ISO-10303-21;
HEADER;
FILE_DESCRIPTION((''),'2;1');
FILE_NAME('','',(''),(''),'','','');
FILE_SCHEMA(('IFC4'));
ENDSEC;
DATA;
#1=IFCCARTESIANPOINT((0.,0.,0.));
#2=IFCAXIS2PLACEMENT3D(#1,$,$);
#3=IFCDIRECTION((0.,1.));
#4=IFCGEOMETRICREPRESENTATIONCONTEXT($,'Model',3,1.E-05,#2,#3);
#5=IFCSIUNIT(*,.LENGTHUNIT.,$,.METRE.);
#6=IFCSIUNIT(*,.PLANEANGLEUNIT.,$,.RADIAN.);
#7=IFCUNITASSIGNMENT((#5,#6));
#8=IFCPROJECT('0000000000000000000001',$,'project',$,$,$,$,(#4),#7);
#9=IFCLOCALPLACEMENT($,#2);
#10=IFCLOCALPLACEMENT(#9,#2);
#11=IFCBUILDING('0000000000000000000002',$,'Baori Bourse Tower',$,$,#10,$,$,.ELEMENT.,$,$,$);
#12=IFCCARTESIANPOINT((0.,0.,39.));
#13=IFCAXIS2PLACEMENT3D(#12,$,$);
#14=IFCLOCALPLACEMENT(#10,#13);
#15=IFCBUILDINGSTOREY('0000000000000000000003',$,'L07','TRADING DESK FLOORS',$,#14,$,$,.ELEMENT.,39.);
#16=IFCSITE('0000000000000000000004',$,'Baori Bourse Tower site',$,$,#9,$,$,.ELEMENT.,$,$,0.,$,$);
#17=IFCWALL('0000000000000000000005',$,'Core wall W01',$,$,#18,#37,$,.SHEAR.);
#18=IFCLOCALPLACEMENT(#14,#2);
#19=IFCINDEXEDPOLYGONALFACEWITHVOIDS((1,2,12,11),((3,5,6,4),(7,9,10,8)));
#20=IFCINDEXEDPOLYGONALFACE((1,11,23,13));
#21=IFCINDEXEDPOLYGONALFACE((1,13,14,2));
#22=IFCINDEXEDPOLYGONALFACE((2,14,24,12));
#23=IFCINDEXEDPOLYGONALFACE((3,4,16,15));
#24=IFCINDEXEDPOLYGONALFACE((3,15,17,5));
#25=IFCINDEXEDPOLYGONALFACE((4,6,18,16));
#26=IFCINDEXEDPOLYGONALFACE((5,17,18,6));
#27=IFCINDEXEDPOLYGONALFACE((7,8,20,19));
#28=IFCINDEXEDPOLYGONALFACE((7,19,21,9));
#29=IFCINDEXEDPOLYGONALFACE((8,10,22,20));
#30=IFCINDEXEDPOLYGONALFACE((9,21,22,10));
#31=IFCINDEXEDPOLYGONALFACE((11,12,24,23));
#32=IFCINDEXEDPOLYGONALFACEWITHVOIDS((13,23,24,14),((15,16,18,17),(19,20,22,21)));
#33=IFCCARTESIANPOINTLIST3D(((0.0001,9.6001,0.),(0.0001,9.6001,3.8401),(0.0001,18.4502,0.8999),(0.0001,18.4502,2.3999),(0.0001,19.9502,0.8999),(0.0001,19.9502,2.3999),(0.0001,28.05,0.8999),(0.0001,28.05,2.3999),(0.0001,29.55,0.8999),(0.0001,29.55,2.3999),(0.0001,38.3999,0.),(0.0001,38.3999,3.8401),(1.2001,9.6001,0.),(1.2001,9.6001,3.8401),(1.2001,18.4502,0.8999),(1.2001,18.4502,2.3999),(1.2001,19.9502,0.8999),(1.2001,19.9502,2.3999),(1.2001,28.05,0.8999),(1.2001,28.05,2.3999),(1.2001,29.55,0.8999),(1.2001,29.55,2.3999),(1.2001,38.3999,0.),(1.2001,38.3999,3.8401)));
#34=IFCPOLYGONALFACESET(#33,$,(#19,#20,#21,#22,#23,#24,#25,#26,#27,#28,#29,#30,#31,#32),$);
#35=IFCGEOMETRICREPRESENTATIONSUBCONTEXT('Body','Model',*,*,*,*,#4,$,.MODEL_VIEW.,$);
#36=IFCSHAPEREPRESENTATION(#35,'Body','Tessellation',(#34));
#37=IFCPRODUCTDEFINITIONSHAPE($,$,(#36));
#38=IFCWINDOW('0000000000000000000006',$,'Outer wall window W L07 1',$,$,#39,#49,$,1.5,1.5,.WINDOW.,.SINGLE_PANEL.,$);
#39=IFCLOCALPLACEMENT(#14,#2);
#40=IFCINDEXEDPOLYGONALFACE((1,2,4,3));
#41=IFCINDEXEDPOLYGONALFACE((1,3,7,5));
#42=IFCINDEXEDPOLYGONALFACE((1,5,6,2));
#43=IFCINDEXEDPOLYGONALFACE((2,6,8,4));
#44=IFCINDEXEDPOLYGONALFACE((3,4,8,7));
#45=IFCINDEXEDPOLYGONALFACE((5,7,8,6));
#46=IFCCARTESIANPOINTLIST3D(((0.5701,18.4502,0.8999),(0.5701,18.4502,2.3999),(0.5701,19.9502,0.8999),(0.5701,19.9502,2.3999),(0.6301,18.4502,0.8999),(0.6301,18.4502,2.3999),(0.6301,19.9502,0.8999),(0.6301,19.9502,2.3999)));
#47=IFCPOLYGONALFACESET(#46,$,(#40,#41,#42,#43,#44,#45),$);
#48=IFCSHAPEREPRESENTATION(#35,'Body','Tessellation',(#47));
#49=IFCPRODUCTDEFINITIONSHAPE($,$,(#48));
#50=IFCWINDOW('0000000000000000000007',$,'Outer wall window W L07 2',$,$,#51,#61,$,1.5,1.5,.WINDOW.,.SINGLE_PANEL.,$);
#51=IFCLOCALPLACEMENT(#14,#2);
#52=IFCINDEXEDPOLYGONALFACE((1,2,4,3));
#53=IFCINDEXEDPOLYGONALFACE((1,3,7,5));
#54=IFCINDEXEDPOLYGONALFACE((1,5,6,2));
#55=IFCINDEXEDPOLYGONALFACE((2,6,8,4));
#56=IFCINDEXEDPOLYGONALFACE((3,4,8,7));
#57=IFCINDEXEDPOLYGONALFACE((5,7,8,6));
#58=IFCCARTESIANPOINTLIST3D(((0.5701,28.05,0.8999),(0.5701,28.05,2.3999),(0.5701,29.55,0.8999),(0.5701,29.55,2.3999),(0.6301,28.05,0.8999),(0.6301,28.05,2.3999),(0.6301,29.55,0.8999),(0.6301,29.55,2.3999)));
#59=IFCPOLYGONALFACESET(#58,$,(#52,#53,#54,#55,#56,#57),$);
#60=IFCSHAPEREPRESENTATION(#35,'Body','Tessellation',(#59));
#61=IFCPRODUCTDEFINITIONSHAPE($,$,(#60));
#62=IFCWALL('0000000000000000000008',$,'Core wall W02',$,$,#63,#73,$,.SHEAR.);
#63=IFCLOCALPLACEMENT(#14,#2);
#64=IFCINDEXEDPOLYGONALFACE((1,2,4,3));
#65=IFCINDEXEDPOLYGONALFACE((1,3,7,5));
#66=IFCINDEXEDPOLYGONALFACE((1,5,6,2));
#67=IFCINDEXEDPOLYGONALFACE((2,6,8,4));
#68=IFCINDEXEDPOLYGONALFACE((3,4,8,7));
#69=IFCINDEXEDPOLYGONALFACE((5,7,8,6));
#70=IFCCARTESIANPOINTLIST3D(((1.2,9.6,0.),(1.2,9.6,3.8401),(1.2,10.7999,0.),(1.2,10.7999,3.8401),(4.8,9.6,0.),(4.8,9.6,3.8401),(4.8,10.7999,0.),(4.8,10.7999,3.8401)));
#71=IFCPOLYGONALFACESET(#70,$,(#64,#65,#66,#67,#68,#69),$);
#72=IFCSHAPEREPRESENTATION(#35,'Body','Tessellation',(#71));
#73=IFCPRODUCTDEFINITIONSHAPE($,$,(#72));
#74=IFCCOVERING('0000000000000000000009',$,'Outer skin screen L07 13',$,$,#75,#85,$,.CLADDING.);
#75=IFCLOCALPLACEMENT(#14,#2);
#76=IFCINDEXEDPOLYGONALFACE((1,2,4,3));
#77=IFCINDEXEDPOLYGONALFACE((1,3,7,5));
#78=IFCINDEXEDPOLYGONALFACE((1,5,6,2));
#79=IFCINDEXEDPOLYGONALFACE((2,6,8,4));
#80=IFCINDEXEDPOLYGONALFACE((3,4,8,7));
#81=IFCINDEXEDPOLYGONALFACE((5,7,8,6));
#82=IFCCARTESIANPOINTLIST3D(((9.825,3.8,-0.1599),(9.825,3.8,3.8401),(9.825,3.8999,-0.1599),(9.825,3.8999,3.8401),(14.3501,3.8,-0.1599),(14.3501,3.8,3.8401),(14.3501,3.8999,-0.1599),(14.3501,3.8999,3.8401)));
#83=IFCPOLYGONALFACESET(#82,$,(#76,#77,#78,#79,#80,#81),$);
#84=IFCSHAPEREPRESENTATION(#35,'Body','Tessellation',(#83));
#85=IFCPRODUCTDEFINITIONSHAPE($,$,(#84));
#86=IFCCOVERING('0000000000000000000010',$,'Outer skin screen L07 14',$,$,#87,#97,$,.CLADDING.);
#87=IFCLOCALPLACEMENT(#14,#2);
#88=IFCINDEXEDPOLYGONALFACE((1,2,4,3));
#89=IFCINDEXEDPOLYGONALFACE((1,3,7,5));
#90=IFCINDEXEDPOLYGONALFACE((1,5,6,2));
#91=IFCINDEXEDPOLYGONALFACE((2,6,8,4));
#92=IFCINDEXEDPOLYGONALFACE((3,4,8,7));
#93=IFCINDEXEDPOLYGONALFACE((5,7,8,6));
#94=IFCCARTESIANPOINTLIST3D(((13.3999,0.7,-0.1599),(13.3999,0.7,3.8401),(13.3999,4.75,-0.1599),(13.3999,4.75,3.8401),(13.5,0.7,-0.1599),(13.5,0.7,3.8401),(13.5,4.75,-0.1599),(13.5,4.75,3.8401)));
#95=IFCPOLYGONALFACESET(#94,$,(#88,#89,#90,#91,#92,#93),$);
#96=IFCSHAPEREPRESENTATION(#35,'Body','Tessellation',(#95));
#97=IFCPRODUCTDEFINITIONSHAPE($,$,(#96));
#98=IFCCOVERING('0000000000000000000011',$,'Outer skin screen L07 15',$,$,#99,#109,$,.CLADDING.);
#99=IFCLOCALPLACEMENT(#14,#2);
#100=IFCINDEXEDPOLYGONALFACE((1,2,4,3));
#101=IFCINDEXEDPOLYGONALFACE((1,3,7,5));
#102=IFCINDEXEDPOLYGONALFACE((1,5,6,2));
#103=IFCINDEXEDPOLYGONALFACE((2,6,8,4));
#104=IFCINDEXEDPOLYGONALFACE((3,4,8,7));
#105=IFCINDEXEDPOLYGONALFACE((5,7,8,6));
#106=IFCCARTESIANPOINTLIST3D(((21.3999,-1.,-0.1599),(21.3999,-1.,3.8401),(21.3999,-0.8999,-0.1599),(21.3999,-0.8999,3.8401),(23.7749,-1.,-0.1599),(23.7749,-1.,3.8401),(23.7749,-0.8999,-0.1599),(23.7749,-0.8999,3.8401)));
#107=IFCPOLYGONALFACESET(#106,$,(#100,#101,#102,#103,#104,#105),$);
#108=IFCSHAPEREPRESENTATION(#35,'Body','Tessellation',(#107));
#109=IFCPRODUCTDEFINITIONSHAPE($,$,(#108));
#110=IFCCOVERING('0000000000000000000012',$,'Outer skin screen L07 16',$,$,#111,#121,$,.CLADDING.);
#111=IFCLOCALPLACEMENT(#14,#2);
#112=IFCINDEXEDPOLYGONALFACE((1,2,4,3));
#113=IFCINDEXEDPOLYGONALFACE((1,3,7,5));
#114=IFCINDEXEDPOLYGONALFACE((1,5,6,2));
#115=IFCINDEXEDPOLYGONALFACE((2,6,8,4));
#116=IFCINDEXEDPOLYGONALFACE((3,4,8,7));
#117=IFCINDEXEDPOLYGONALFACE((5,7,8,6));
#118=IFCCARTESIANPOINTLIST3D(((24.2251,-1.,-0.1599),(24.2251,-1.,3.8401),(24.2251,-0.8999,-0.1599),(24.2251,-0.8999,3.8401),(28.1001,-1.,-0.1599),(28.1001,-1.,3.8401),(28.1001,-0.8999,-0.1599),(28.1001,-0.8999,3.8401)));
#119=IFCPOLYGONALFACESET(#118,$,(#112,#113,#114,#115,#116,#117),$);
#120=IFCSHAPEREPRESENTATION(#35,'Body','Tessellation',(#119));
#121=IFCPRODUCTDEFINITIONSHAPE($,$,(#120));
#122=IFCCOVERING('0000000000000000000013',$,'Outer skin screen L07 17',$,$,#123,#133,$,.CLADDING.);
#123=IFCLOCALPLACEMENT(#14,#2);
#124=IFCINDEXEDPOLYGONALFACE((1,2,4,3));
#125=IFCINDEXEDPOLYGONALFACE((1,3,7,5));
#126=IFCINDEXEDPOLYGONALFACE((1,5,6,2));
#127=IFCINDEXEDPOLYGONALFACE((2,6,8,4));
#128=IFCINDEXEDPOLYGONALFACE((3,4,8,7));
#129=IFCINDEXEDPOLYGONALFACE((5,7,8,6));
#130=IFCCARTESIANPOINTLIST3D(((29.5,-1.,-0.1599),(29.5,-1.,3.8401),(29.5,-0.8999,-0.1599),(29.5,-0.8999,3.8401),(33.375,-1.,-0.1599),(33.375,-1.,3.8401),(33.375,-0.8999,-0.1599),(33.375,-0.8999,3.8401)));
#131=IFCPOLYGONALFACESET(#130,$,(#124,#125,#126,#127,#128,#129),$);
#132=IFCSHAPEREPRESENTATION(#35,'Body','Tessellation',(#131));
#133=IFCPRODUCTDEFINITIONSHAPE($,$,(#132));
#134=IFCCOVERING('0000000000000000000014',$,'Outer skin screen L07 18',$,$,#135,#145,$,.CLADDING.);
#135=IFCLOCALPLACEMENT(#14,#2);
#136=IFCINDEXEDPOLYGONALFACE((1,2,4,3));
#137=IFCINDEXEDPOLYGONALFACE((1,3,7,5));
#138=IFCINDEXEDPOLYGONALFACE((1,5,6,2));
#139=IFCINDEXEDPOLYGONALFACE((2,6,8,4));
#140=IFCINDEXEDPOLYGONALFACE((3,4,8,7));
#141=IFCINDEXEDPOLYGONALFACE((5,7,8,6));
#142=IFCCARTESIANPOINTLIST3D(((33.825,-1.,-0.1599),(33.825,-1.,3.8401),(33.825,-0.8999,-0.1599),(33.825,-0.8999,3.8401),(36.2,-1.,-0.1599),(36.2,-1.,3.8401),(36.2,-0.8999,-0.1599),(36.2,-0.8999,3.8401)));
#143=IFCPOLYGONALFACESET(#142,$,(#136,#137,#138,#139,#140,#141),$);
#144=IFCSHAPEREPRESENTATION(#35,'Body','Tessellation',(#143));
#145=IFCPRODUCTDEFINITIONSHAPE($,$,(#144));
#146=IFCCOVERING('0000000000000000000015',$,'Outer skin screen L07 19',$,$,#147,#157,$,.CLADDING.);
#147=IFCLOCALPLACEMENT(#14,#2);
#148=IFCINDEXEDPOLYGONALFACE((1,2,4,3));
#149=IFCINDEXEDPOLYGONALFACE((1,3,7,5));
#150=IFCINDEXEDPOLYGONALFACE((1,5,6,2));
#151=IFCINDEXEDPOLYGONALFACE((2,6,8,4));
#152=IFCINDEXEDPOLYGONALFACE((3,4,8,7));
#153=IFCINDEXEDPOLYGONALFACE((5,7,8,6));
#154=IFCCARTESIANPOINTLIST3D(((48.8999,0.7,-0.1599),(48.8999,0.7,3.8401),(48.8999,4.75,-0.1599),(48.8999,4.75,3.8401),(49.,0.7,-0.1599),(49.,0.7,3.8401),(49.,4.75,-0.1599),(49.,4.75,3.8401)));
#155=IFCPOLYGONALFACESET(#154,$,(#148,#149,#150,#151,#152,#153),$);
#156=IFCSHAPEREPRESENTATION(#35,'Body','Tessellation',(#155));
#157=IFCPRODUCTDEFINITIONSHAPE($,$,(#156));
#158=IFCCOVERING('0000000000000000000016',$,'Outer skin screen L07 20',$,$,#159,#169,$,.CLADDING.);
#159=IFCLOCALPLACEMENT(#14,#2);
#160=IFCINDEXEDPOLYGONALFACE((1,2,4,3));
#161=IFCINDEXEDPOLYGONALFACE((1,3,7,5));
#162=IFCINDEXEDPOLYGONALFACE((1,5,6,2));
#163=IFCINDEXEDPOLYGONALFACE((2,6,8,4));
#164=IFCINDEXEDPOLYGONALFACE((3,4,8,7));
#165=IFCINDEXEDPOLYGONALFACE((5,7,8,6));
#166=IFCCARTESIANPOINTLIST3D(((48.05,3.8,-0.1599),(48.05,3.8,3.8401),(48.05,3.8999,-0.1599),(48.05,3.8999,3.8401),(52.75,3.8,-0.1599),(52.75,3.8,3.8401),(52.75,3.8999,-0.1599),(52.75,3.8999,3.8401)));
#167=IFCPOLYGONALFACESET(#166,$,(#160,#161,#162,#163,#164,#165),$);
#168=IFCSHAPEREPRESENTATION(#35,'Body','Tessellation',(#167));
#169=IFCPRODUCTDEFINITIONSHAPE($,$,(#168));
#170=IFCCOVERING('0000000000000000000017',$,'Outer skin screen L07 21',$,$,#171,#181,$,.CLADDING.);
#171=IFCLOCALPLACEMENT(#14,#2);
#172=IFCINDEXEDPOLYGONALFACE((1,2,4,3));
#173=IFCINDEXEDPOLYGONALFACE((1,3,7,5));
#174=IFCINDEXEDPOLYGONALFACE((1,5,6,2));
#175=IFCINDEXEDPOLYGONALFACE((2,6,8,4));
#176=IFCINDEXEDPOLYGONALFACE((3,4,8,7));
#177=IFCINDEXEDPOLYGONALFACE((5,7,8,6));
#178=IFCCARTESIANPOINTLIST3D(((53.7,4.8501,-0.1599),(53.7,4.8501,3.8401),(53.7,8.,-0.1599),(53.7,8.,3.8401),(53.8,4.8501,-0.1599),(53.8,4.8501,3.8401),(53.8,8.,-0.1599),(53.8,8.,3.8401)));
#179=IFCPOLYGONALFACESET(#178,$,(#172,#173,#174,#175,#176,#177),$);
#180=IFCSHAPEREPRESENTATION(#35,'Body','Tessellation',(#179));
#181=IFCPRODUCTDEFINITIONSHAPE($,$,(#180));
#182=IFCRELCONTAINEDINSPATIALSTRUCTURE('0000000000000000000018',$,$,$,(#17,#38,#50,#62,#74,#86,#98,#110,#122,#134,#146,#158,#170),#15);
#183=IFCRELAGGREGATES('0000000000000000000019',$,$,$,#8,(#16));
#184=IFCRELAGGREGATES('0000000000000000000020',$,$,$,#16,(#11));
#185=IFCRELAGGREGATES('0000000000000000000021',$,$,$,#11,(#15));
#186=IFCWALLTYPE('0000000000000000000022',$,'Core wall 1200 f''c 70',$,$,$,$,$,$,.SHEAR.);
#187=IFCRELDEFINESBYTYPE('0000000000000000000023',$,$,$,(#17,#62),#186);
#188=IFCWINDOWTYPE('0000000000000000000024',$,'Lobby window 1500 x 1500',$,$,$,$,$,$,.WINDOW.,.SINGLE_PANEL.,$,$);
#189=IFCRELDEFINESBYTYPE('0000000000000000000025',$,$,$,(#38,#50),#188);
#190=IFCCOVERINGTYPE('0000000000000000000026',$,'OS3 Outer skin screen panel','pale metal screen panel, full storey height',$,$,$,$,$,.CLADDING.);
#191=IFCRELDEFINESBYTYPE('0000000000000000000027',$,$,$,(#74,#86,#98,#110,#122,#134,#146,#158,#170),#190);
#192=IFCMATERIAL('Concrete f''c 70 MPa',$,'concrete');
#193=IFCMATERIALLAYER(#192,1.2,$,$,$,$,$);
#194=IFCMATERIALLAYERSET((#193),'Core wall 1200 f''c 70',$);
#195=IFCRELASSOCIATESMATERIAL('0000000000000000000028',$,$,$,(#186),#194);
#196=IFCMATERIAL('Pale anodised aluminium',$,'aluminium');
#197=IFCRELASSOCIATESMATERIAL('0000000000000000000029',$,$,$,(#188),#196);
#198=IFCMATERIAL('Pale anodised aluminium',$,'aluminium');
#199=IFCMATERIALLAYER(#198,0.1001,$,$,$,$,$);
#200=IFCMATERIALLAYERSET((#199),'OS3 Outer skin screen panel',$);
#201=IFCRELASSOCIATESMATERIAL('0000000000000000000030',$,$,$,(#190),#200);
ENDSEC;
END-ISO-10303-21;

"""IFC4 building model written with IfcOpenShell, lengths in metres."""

from ifc_helpers import new_model, si_unit, direction, frame, frame_2d, origin, place, context, subcontext, project, spatial, polyline, rectangle, outline, extrude, material, layer, layer_set, type_object, element, fill, save


model = new_model("IFC4")

# Units and contexts
model_context = context("Model", 3, precision=1e-05, world=origin(), true_north=direction((0.0, 1.0)))
body_context = subcontext(model_context, "Body", "Model", "MODEL_VIEW")
ifc_project = project(units=[si_unit("LENGTHUNIT", "METRE"), si_unit("PLANEANGLEUNIT", "RADIAN")], contexts=[model_context])

# Site, building, storey
site_placement = place(None, origin())
site = spatial("IfcSite", under=ifc_project, at=site_placement, Name="Baori Bourse Tower site", CompositionType="ELEMENT", RefElevation=0.0)
building_placement = place(site_placement, origin())
building = spatial("IfcBuilding", under=site, at=building_placement, Name="Baori Bourse Tower", CompositionType="ELEMENT")
storey_placement = place(building_placement, frame((0.0, 0.0, 39.0)))
storey = spatial("IfcBuildingStorey", under=building, at=storey_placement, Name="L07", Description="TRADING DESK FLOORS", CompositionType="ELEMENT", Elevation=39.0)

# Wall, openings, windows
ifc_material_1 = material(Name="Concrete f'c 70 MPa", Category="concrete")
ifc_layer_1 = layer(ifc_material_1, 1.2)
ifc_layer_set_1 = layer_set([ifc_layer_1], Name="Core wall 1200 f'c 70")
wall_type_1 = type_object("IfcWallType", Name="Core wall 1200 f'c 70", PredefinedType="SHEAR", material=ifc_layer_set_1)
wall_1_placement = place(storey_placement, frame((0.6001, 9.6001, 0.0), z_axis=(0.0, 0.0, 1.0), x_axis=(0.0, 1.0, 0.0)))
wall_1 = element("IfcWall", 1, at=wall_1_placement, inside=storey, type_object=wall_type_1, Name="Core wall W01", PredefinedType="SHEAR", context=body_context, shape_type="SweptSolid", body=[
    extrude(rectangle(XDim=28.7998, YDim=1.2, at=frame_2d((14.3999, 0.0))), origin(), (0.0, 0.0, 1.0), 3.8401),
])
opening_1_placement = place(wall_1_placement, frame((8.8501, 0.0, 0.8999)))
opening_1 = element("IfcOpeningElement", 2, at=opening_1_placement, cuts=wall_1, PredefinedType="OPENING", context=body_context, shape_type="SweptSolid", body=[
    extrude(rectangle(XDim=1.5, YDim=1.5, at=frame_2d((0.75, 0.75))), frame((0.0, 0.6099, 0.0), z_axis=(0.0, -1.0, 0.0), x_axis=(1.0, 0.0, 0.0)), (0.0, 0.0, 1.0), 1.22),
])
opening_2_placement = place(wall_1_placement, frame((18.45, 0.0, 0.8999)))
opening_2 = element("IfcOpeningElement", 3, at=opening_2_placement, cuts=wall_1, PredefinedType="OPENING", context=body_context, shape_type="SweptSolid", body=[
    extrude(rectangle(XDim=1.5, YDim=1.5, at=frame_2d((0.75, 0.75))), frame((0.0, 0.6099, 0.0), z_axis=(0.0, -1.0, 0.0), x_axis=(1.0, 0.0, 0.0)), (0.0, 0.0, 1.0), 1.22),
])
ifc_material_2 = material(Name="Pale anodised aluminium", Category="aluminium")
window_type = type_object("IfcWindowType", Name="Lobby window 1500 x 1500", PartitioningType="SINGLE_PANEL", PredefinedType="WINDOW", material=ifc_material_2)
window_1_placement = place(opening_1_placement, origin())
window_1 = element("IfcWindow", 4, at=window_1_placement, inside=storey, type_object=window_type, Name="Outer wall window W L07 1", OverallHeight=1.5, OverallWidth=1.5, PartitioningType="SINGLE_PANEL", PredefinedType="WINDOW", context=body_context, shape_type="SweptSolid", body=[
    extrude(rectangle(XDim=1.5, YDim=1.5, at=frame_2d((0.75, 0.75))), frame((0.0, 0.03, 0.0), z_axis=(0.0, -1.0, 0.0), x_axis=(1.0, 0.0, 0.0)), (0.0, 0.0, 1.0), 0.0601),
])
fill(opening_1, window_1)
window_2_placement = place(opening_2_placement, origin())
window_2 = element("IfcWindow", 5, at=window_2_placement, inside=storey, type_object=window_type, Name="Outer wall window W L07 2", OverallHeight=1.5, OverallWidth=1.5, PartitioningType="SINGLE_PANEL", PredefinedType="WINDOW", context=body_context, shape_type="SweptSolid", body=[
    extrude(rectangle(XDim=1.5, YDim=1.5, at=frame_2d((0.75, 0.75))), frame((0.0, 0.03, 0.0), z_axis=(0.0, -1.0, 0.0), x_axis=(1.0, 0.0, 0.0)), (0.0, 0.0, 1.0), 0.0601),
])
fill(opening_2, window_2)

# Wall
wall_2_placement = place(storey_placement, frame((4.8, 10.2, 0.0), z_axis=(0.0, 0.0, 1.0), x_axis=(-1.0, 0.0, 0.0)))
element("IfcWall", 6, at=wall_2_placement, inside=storey, type_object=wall_type_1, Name="Core wall W02", PredefinedType="SHEAR", context=body_context, shape_type="SweptSolid", body=[
    extrude(rectangle(XDim=3.6001, YDim=1.2, at=frame_2d((1.8, 0.0))), origin(), (0.0, 0.0, 1.0), 3.8401),
])

# Coverings
ifc_material_3 = material(Name="Pale anodised aluminium", Category="aluminium")
ifc_layer_2 = layer(ifc_material_3, 0.1001)
ifc_layer_set_2 = layer_set([ifc_layer_2], Name="OS3 Outer skin screen panel")
covering_type = type_object("IfcCoveringType", Name="OS3 Outer skin screen panel", Description="pale metal screen panel, full storey height", PredefinedType="CLADDING", material=ifc_layer_set_2)
covering_1_placement = place(storey_placement, frame((0.0, 0.0, -0.1599)))
element("IfcCovering", 7, at=covering_1_placement, inside=storey, type_object=covering_type, Name="Outer skin screen L07 13", PredefinedType="CLADDING", context=body_context, shape_type="SweptSolid", body=[
    extrude(outline(polyline([(14.3501, 3.8999), (9.825, 3.8999), (9.825, 3.8), (14.3501, 3.8), (14.3501, 3.8999)])), origin(), (0.0, 0.0, 1.0), 4.0),
])
covering_2_placement = place(storey_placement, frame((0.0, 0.0, -0.1599)))
element("IfcCovering", 8, at=covering_2_placement, inside=storey, type_object=covering_type, Name="Outer skin screen L07 14", PredefinedType="CLADDING", context=body_context, shape_type="SweptSolid", body=[
    extrude(outline(polyline([(13.5, 0.7), (13.5, 4.75), (13.3999, 4.75), (13.3999, 0.7), (13.5, 0.7)])), origin(), (0.0, 0.0, 1.0), 4.0),
])
covering_3_placement = place(storey_placement, frame((0.0, 0.0, -0.1599)))
element("IfcCovering", 9, at=covering_3_placement, inside=storey, type_object=covering_type, Name="Outer skin screen L07 15", PredefinedType="CLADDING", context=body_context, shape_type="SweptSolid", body=[
    extrude(outline(polyline([(23.7749, -0.8999), (21.3999, -0.8999), (21.3999, -1.0), (23.7749, -1.0), (23.7749, -0.8999)])), origin(), (0.0, 0.0, 1.0), 4.0),
])
covering_4_placement = place(storey_placement, frame((0.0, 0.0, -0.1599)))
element("IfcCovering", 10, at=covering_4_placement, inside=storey, type_object=covering_type, Name="Outer skin screen L07 16", PredefinedType="CLADDING", context=body_context, shape_type="SweptSolid", body=[
    extrude(outline(polyline([(28.1001, -0.8999), (24.2251, -0.8999), (24.2251, -1.0), (28.1001, -1.0), (28.1001, -0.8999)])), origin(), (0.0, 0.0, 1.0), 4.0),
])
covering_5_placement = place(storey_placement, frame((0.0, 0.0, -0.1599)))
element("IfcCovering", 11, at=covering_5_placement, inside=storey, type_object=covering_type, Name="Outer skin screen L07 17", PredefinedType="CLADDING", context=body_context, shape_type="SweptSolid", body=[
    extrude(outline(polyline([(33.375, -0.8999), (29.5, -0.8999), (29.5, -1.0), (33.375, -1.0), (33.375, -0.8999)])), origin(), (0.0, 0.0, 1.0), 4.0),
])
covering_6_placement = place(storey_placement, frame((0.0, 0.0, -0.1599)))
element("IfcCovering", 12, at=covering_6_placement, inside=storey, type_object=covering_type, Name="Outer skin screen L07 18", PredefinedType="CLADDING", context=body_context, shape_type="SweptSolid", body=[
    extrude(outline(polyline([(36.2, -0.8999), (33.825, -0.8999), (33.825, -1.0), (36.2, -1.0), (36.2, -0.8999)])), origin(), (0.0, 0.0, 1.0), 4.0),
])
covering_7_placement = place(storey_placement, frame((0.0, 0.0, -0.1599)))
element("IfcCovering", 13, at=covering_7_placement, inside=storey, type_object=covering_type, Name="Outer skin screen L07 19", PredefinedType="CLADDING", context=body_context, shape_type="SweptSolid", body=[
    extrude(outline(polyline([(48.8999, 4.75), (48.8999, 0.7), (49.0, 0.7), (49.0, 4.75), (48.8999, 4.75)])), origin(), (0.0, 0.0, 1.0), 4.0),
])
covering_8_placement = place(storey_placement, frame((0.0, 0.0, -0.1599)))
element("IfcCovering", 14, at=covering_8_placement, inside=storey, type_object=covering_type, Name="Outer skin screen L07 20", PredefinedType="CLADDING", context=body_context, shape_type="SweptSolid", body=[
    extrude(outline(polyline([(52.75, 3.8999), (48.05, 3.8999), (48.05, 3.8), (52.75, 3.8), (52.75, 3.8999)])), origin(), (0.0, 0.0, 1.0), 4.0),
])
covering_9_placement = place(storey_placement, frame((0.0, 0.0, -0.1599)))
element("IfcCovering", 15, at=covering_9_placement, inside=storey, type_object=covering_type, Name="Outer skin screen L07 21", PredefinedType="CLADDING", context=body_context, shape_type="SweptSolid", body=[
    extrude(outline(polyline([(53.7, 8.0), (53.7, 4.8501), (53.8, 4.8501), (53.8, 8.0), (53.7, 8.0)])), origin(), (0.0, 0.0, 1.0), 4.0),
])

save(model, "model.ifc")
